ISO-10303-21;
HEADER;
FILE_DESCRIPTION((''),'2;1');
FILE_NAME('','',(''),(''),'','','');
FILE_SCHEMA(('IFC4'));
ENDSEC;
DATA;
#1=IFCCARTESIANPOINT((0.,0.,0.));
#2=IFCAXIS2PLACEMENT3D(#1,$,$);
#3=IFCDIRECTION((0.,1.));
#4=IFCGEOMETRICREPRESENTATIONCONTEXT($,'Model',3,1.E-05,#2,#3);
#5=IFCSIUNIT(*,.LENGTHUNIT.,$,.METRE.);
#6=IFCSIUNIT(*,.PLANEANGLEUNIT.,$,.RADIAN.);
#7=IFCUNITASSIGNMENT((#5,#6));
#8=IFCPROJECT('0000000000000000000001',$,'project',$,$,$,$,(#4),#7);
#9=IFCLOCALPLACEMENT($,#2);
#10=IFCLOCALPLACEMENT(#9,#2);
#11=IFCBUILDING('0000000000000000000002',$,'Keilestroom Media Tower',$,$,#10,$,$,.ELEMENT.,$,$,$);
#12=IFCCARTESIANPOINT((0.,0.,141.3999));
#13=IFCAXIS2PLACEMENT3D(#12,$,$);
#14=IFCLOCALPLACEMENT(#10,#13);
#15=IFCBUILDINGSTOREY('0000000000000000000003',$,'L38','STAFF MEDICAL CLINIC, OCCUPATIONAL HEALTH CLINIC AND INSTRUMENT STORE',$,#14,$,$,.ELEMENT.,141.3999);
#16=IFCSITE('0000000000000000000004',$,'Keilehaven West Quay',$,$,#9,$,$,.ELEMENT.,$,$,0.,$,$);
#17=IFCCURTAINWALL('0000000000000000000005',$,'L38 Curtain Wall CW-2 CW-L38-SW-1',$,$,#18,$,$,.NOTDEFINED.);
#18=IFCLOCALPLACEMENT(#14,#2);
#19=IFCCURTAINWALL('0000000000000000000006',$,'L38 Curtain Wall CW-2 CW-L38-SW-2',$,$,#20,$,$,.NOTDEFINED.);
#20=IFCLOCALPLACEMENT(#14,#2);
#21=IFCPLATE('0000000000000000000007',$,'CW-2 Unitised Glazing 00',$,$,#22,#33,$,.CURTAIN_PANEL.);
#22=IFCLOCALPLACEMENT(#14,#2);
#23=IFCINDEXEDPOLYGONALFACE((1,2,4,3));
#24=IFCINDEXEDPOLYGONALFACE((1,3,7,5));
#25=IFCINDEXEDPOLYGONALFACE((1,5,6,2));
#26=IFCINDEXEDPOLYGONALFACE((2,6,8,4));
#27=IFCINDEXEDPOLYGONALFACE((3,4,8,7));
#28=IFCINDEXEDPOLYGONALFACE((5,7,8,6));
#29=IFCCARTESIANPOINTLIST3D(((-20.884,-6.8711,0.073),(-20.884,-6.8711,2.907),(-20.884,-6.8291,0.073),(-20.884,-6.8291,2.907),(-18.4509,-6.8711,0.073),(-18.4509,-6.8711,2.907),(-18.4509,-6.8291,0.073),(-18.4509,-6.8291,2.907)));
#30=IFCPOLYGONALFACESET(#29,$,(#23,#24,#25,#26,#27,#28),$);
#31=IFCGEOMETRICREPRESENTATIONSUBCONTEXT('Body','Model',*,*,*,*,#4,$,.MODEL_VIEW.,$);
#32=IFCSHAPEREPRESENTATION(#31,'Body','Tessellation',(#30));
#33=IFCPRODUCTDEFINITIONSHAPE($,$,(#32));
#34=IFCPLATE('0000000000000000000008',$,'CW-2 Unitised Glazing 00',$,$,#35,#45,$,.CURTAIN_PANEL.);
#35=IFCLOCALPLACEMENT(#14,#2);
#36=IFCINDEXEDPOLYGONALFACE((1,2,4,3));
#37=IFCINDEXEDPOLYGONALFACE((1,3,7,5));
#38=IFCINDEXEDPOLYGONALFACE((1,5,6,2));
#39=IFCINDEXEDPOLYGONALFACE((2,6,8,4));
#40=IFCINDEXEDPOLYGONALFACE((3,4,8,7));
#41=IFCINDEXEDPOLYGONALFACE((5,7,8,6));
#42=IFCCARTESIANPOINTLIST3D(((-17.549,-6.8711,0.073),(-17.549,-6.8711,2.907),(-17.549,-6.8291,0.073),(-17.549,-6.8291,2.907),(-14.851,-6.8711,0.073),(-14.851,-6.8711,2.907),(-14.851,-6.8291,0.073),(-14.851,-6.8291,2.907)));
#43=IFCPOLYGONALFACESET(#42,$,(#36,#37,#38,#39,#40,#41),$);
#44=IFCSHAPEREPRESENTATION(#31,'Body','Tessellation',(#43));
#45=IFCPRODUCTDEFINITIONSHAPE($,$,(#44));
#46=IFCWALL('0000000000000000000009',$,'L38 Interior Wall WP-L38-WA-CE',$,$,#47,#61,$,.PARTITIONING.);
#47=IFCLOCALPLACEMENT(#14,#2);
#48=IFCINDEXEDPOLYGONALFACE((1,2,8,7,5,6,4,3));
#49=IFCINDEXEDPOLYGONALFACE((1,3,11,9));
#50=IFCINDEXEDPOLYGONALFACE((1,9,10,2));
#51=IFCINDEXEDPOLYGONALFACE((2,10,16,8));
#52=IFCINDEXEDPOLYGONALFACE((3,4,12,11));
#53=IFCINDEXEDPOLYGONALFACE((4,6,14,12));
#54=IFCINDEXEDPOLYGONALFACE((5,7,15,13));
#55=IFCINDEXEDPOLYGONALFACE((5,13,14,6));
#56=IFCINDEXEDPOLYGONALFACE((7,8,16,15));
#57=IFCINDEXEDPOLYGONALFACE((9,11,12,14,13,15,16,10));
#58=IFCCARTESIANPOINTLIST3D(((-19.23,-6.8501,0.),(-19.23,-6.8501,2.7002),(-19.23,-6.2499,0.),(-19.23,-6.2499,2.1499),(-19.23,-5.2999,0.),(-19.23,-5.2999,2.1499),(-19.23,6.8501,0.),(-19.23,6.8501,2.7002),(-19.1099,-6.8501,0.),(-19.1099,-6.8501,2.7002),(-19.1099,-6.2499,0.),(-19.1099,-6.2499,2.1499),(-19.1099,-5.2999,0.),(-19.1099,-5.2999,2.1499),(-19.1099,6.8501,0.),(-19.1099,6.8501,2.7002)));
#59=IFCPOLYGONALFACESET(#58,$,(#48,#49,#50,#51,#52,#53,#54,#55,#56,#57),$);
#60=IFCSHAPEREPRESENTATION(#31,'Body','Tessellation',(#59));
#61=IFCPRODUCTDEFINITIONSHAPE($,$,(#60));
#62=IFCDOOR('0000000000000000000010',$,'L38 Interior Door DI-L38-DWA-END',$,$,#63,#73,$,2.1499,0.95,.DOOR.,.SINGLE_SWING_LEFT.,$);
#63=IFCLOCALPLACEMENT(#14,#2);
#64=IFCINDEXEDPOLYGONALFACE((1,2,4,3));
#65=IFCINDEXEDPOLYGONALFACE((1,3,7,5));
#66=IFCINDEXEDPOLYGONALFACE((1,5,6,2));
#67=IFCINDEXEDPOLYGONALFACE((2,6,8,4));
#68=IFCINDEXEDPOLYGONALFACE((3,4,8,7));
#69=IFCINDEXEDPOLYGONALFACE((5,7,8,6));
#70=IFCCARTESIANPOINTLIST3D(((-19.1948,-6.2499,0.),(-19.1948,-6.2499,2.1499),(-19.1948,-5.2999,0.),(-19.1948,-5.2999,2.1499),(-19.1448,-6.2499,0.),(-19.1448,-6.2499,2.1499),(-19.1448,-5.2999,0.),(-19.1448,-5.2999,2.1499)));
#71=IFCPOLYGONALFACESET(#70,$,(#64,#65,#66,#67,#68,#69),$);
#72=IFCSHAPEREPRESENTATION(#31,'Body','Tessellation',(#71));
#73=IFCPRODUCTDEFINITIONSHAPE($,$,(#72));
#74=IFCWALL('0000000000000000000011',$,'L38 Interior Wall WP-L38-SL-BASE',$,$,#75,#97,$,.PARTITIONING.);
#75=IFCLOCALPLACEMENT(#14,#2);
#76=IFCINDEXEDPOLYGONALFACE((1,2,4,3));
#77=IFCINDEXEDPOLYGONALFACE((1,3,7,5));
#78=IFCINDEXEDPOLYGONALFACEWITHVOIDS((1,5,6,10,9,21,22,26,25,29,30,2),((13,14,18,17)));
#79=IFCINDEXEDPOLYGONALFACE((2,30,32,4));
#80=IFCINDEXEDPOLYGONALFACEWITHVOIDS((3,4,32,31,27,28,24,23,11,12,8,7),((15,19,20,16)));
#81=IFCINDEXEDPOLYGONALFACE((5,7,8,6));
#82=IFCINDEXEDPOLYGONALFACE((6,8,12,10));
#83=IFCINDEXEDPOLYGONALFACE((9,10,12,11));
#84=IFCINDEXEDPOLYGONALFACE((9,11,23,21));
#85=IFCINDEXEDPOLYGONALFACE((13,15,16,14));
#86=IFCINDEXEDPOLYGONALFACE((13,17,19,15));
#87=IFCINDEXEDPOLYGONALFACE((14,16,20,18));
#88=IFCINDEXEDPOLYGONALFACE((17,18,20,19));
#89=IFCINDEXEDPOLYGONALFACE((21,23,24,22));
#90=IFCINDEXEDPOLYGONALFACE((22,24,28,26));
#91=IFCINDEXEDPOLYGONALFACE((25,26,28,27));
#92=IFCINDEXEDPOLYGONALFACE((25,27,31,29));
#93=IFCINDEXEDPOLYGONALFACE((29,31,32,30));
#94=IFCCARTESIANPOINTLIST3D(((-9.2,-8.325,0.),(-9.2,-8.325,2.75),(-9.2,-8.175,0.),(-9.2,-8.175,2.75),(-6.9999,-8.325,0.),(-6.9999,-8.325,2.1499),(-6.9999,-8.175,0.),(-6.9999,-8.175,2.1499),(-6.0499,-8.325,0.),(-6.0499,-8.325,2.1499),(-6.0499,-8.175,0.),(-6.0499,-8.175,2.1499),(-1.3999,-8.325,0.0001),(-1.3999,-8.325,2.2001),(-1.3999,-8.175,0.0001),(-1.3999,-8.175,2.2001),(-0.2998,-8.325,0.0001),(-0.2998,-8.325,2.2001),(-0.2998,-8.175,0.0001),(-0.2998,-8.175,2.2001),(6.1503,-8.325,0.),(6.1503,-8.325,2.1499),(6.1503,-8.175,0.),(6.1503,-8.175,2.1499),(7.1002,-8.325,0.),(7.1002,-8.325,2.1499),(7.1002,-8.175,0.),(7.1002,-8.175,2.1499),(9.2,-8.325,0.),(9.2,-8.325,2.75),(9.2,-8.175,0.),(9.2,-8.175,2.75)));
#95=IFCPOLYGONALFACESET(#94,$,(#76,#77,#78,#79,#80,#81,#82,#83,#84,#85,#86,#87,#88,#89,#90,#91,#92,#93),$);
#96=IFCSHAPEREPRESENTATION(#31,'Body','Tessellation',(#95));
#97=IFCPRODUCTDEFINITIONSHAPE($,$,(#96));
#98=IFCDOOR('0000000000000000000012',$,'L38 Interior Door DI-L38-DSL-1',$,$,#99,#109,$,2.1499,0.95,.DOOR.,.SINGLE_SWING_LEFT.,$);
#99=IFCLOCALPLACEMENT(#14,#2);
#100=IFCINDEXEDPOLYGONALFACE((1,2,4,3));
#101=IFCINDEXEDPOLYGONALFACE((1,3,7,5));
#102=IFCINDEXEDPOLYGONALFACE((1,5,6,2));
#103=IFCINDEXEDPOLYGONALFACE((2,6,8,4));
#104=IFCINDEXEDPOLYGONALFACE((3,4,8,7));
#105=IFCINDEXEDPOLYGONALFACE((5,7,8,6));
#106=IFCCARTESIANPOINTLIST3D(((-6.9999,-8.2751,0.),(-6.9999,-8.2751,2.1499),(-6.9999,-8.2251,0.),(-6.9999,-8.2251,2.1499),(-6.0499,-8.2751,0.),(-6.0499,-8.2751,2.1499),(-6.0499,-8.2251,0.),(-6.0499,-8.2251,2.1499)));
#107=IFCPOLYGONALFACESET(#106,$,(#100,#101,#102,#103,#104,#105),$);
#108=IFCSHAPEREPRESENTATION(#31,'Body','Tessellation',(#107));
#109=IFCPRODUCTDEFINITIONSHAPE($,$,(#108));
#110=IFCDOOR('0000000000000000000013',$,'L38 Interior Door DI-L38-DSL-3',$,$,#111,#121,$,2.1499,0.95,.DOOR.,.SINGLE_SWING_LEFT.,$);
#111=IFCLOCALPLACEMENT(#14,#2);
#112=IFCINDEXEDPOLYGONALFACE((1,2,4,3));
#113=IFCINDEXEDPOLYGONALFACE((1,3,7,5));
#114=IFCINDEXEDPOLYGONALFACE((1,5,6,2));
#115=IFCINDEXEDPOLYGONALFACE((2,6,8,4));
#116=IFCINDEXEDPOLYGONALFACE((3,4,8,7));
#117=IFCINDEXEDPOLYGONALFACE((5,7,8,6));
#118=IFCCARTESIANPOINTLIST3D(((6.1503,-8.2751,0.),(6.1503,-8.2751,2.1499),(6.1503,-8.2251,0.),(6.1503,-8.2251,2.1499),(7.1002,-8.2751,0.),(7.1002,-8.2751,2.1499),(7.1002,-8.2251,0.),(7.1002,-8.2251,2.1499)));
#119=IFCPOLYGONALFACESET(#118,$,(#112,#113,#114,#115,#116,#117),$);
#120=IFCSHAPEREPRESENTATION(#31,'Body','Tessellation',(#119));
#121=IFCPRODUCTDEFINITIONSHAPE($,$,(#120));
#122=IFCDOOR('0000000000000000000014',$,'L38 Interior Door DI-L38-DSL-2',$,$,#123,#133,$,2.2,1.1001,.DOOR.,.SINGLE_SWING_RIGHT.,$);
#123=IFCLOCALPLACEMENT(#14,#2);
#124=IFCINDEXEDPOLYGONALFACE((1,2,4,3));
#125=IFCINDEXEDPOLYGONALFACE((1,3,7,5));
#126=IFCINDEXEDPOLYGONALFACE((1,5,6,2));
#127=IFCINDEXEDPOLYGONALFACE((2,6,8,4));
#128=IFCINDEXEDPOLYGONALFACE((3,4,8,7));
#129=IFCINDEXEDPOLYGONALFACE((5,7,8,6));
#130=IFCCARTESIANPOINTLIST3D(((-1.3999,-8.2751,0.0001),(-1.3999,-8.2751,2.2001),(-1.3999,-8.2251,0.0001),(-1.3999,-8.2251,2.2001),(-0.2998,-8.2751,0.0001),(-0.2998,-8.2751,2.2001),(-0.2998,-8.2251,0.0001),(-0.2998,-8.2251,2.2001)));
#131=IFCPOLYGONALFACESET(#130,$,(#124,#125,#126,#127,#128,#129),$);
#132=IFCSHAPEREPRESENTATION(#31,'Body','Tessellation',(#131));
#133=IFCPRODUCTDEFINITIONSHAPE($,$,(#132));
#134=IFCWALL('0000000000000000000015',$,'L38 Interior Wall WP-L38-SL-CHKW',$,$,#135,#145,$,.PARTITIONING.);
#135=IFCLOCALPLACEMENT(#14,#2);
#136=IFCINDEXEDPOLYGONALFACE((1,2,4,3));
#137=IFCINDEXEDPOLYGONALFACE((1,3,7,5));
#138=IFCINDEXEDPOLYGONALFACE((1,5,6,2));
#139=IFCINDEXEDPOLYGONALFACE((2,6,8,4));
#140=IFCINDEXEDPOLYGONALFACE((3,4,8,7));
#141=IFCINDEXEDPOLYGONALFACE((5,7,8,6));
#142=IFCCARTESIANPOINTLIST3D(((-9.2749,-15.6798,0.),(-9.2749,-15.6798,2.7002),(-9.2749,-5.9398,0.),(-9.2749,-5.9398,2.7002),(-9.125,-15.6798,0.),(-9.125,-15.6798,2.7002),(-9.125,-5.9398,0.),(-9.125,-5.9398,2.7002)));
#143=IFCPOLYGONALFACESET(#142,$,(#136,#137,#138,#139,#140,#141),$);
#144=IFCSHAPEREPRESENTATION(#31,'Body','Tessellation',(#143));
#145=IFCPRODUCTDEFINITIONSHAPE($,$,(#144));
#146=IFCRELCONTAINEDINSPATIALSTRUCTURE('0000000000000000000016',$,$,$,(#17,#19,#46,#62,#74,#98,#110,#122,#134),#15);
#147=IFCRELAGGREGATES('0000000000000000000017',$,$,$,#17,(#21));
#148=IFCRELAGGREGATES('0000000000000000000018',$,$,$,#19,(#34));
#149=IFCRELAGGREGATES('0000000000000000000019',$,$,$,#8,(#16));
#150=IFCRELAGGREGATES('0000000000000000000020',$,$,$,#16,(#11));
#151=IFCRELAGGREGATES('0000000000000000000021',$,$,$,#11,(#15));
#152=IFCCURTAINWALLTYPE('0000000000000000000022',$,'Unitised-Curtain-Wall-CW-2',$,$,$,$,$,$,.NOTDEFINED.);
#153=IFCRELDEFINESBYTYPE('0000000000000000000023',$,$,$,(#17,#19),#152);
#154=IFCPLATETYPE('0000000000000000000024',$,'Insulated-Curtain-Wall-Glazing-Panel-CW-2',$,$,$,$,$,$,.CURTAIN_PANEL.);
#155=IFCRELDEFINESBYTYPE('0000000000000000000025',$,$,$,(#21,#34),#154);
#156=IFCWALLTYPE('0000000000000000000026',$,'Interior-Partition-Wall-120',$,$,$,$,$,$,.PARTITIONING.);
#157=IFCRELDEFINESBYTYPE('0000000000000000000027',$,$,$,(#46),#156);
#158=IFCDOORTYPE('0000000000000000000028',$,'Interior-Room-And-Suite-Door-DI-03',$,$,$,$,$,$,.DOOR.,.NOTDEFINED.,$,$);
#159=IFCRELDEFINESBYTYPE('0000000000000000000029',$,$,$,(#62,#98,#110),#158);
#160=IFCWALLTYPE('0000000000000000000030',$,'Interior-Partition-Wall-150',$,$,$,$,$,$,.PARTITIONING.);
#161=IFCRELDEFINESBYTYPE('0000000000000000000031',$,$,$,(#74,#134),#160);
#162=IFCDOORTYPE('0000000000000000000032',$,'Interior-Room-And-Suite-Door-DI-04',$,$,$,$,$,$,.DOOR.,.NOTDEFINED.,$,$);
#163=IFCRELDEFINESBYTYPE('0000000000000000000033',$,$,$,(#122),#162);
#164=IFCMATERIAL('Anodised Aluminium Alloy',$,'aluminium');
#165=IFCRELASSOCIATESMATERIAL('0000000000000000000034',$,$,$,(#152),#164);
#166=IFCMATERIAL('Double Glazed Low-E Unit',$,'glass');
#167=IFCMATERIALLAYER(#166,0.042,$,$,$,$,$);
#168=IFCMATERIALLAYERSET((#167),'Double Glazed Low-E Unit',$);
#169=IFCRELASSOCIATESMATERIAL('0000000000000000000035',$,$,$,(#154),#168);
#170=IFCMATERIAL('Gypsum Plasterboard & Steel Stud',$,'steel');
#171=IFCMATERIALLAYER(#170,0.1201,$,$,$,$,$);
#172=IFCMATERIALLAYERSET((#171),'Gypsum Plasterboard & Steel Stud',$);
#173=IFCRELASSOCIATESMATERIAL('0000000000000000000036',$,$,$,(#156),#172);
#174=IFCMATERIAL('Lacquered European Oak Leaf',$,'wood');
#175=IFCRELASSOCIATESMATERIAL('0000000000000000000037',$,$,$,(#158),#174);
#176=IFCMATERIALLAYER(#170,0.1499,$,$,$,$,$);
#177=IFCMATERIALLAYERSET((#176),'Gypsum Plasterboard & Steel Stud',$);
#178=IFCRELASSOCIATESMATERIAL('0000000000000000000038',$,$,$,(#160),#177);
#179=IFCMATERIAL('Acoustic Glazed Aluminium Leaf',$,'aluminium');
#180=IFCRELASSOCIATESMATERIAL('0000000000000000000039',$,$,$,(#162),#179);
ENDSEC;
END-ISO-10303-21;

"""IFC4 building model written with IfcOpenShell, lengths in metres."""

from ifc_helpers import new_model, si_unit, direction, frame, frame_2d, origin, origin_2d, place, context, subcontext, project, spatial, rectangle, extrude, source, transform, mapped, material, layer, layer_set, type_object, element, fill, aggregate, save


model = new_model("IFC4")

# Units and contexts
model_context = context("Model", 3, precision=1e-05, world=origin(), true_north=direction((0.0, 1.0)))
body_context = subcontext(model_context, "Body", "Model", "MODEL_VIEW")
ifc_project = project(units=[si_unit("LENGTHUNIT", "METRE"), si_unit("PLANEANGLEUNIT", "RADIAN")], contexts=[model_context])

# Site, building, storey
site_placement = place(None, origin())
site = spatial("IfcSite", under=ifc_project, at=site_placement, Name="Keilehaven West Quay", CompositionType="ELEMENT", RefElevation=0.0)
building_placement = place(site_placement, origin())
building = spatial("IfcBuilding", under=site, at=building_placement, Name="Keilestroom Media Tower", CompositionType="ELEMENT")
storey_placement = place(building_placement, frame((0.0, 0.0, 141.3999)))
storey = spatial("IfcBuildingStorey", under=building, at=storey_placement, Name="L38", Description="STAFF MEDICAL CLINIC, OCCUPATIONAL HEALTH CLINIC AND INSTRUMENT STORE", CompositionType="ELEMENT", Elevation=141.3999)

# Curtain walls
ifc_material_1 = material(Name="Anodised Aluminium Alloy", Category="aluminium")
curtain_wall_type = type_object("IfcCurtainWallType", Name="Unitised-Curtain-Wall-CW-2", PredefinedType="NOTDEFINED", material=ifc_material_1)
curtain_wall_1_placement = place(storey_placement, origin())
curtain_wall_1 = element("IfcCurtainWall", 1, at=curtain_wall_1_placement, inside=storey, type_object=curtain_wall_type, Name="L38 Curtain Wall CW-2 CW-L38-SW-1", PredefinedType="NOTDEFINED")
curtain_wall_2_placement = place(storey_placement, origin())
curtain_wall_2 = element("IfcCurtainWall", 2, at=curtain_wall_2_placement, inside=storey, type_object=curtain_wall_type, Name="L38 Curtain Wall CW-2 CW-L38-SW-2", PredefinedType="NOTDEFINED")

# Plates
ifc_material_2 = material(Name="Double Glazed Low-E Unit", Category="glass")
ifc_layer_1 = layer(ifc_material_2, 0.042)
ifc_layer_set_1 = layer_set([ifc_layer_1], Name="Double Glazed Low-E Unit")
plate_type = type_object("IfcPlateType", Name="Insulated-Curtain-Wall-Glazing-Panel-CW-2", PredefinedType="CURTAIN_PANEL", material=ifc_layer_set_1)
shared_shape_1 = source(origin(), body_context, "Body", "SweptSolid", [
    extrude(rectangle(XDim=2.4331, YDim=0.042, at=origin_2d()), origin(), (0.0, 0.0, 1.0), 2.834),
])
plate_1_placement = place(storey_placement, frame((-19.6675, -6.8501, 0.073), z_axis=(0.0, 0.0, 1.0), x_axis=(1.0, 0.0, 0.0)))
plate_1 = element("IfcPlate", 3, at=plate_1_placement, type_object=plate_type, Name="CW-2 Unitised Glazing 00", PredefinedType="CURTAIN_PANEL", context=body_context, shape_type="MappedRepresentation", body=[
    mapped(shared_shape_1, transform((0.0, 0.0, 0.0), x_axis=(1.0, 0.0, 0.0), y_axis=(0.0, 1.0, 0.0), z_axis=(0.0, 0.0, 1.0), scale=1.0)),
])
aggregate(curtain_wall_1, [plate_1])
shared_shape_2 = source(origin(), body_context, "Body", "SweptSolid", [
    extrude(rectangle(XDim=2.698, YDim=0.042, at=origin_2d()), origin(), (0.0, 0.0, 1.0), 2.834),
])
plate_2_placement = place(storey_placement, frame((-16.2, -6.8501, 0.073), z_axis=(0.0, 0.0, 1.0), x_axis=(1.0, 0.0, 0.0)))
plate_2 = element("IfcPlate", 4, at=plate_2_placement, type_object=plate_type, Name="CW-2 Unitised Glazing 00", PredefinedType="CURTAIN_PANEL", context=body_context, shape_type="MappedRepresentation", body=[
    mapped(shared_shape_2, transform((0.0, 0.0, 0.0), x_axis=(1.0, 0.0, 0.0), y_axis=(0.0, 1.0, 0.0), z_axis=(0.0, 0.0, 1.0), scale=1.0)),
])
aggregate(curtain_wall_2, [plate_2])

# Wall, opening, door
ifc_material_3 = material(Name="Gypsum Plasterboard & Steel Stud", Category="steel")
ifc_layer_2 = layer(ifc_material_3, 0.1201)
ifc_layer_set_2 = layer_set([ifc_layer_2], Name="Gypsum Plasterboard & Steel Stud")
wall_type_1 = type_object("IfcWallType", Name="Interior-Partition-Wall-120", PredefinedType="PARTITIONING", material=ifc_layer_set_2)
wall_1_placement = place(storey_placement, frame((-19.1699, -6.8501, 0.0), z_axis=(0.0, 0.0, 1.0), x_axis=(0.0, 1.0, 0.0)))
wall_1 = element("IfcWall", 5, at=wall_1_placement, inside=storey, type_object=wall_type_1, Name="L38 Interior Wall WP-L38-WA-CE", PredefinedType="PARTITIONING", context=body_context, shape_type="SweptSolid", body=[
    extrude(rectangle(XDim=13.7002, YDim=0.1201, at=frame_2d((6.8501, 0.0))), origin(), (0.0, 0.0, 1.0), 2.7002),
])
opening_1_placement = place(wall_1_placement, frame((0.6001, 0.0, 0.0)))
opening_1 = element("IfcOpeningElement", 6, at=opening_1_placement, cuts=wall_1, PredefinedType="OPENING", context=body_context, shape_type="SweptSolid", body=[
    extrude(rectangle(XDim=0.95, YDim=2.1499, at=frame_2d((0.4751, 1.075))), frame((0.0, 0.0701, 0.0), z_axis=(0.0, -1.0, 0.0), x_axis=(1.0, 0.0, 0.0)), (0.0, 0.0, 1.0), 0.1401),
])
ifc_material_4 = material(Name="Lacquered European Oak Leaf", Category="wood")
door_type_1 = type_object("IfcDoorType", Name="Interior-Room-And-Suite-Door-DI-03", OperationType="NOTDEFINED", PredefinedType="DOOR", material=ifc_material_4)
shared_shape_3 = source(origin(), body_context, "Body", "SweptSolid", [
    extrude(rectangle(XDim=0.95, YDim=2.1499, at=frame_2d((0.4751, 1.075))), frame((0.0, 0.0249, 0.0), z_axis=(0.0, -1.0, 0.0), x_axis=(1.0, 0.0, 0.0)), (0.0, 0.0, 1.0), 0.05),
])
door_1_placement = place(opening_1_placement, origin())
door_1 = element("IfcDoor", 7, at=door_1_placement, inside=storey, type_object=door_type_1, Name="L38 Interior Door DI-L38-DWA-END", OperationType="SINGLE_SWING_LEFT", OverallHeight=2.1499, OverallWidth=0.95, PredefinedType="DOOR", context=body_context, shape_type="MappedRepresentation", body=[
    mapped(shared_shape_3, transform((0.0, 0.0, 0.0), x_axis=(1.0, 0.0, 0.0), y_axis=(0.0, 1.0, 0.0), z_axis=(0.0, 0.0, 1.0), scale=1.0)),
])
fill(opening_1, door_1)

# Wall, openings, doors
ifc_layer_3 = layer(ifc_material_3, 0.1499)
ifc_layer_set_3 = layer_set([ifc_layer_3], Name="Gypsum Plasterboard & Steel Stud")
wall_type_2 = type_object("IfcWallType", Name="Interior-Partition-Wall-150", PredefinedType="PARTITIONING", material=ifc_layer_set_3)
wall_2_placement = place(storey_placement, frame((-9.2, -8.25, 0.0), z_axis=(0.0, 0.0, 1.0), x_axis=(1.0, 0.0, 0.0)))
wall_2 = element("IfcWall", 8, at=wall_2_placement, inside=storey, type_object=wall_type_2, Name="L38 Interior Wall WP-L38-SL-BASE", PredefinedType="PARTITIONING", context=body_context, shape_type="SweptSolid", body=[
    extrude(rectangle(XDim=18.3999, YDim=0.1499, at=frame_2d((9.2, 0.0))), origin(), (0.0, 0.0, 1.0), 2.75),
])
opening_2_placement = place(wall_2_placement, frame((2.2, 0.0, 0.0)))
opening_2 = element("IfcOpeningElement", 9, at=opening_2_placement, cuts=wall_2, PredefinedType="OPENING", context=body_context, shape_type="SweptSolid", body=[
    extrude(rectangle(XDim=0.95, YDim=2.1499, at=frame_2d((0.4751, 1.075))), frame((0.0, 0.085, 0.0), z_axis=(0.0, -1.0, 0.0), x_axis=(1.0, 0.0, 0.0)), (0.0, 0.0, 1.0), 0.1699),
])
opening_3_placement = place(wall_2_placement, frame((7.8, 0.0, 0.0)))
opening_3 = element("IfcOpeningElement", 10, at=opening_3_placement, cuts=wall_2, PredefinedType="OPENING", context=body_context, shape_type="SweptSolid", body=[
    extrude(rectangle(XDim=1.1001, YDim=2.2, at=frame_2d((0.55, 1.1001))), frame((0.0, 0.085, 0.0), z_axis=(0.0, -1.0, 0.0), x_axis=(1.0, 0.0, 0.0)), (0.0, 0.0, 1.0), 0.1699),
])
opening_4_placement = place(wall_2_placement, frame((15.3501, 0.0, 0.0)))
opening_4 = element("IfcOpeningElement", 11, at=opening_4_placement, cuts=wall_2, PredefinedType="OPENING", context=body_context, shape_type="SweptSolid", body=[
    extrude(rectangle(XDim=0.95, YDim=2.1499, at=frame_2d((0.4751, 1.075))), frame((0.0, 0.085, 0.0), z_axis=(0.0, -1.0, 0.0), x_axis=(1.0, 0.0, 0.0)), (0.0, 0.0, 1.0), 0.1699),
])
door_2_placement = place(opening_2_placement, origin())
door_2 = element("IfcDoor", 12, at=door_2_placement, inside=storey, type_object=door_type_1, Name="L38 Interior Door DI-L38-DSL-1", OperationType="SINGLE_SWING_LEFT", OverallHeight=2.1499, OverallWidth=0.95, PredefinedType="DOOR", context=body_context, shape_type="MappedRepresentation", body=[
    mapped(shared_shape_3, transform((0.0, 0.0, 0.0), x_axis=(1.0, 0.0, 0.0), y_axis=(0.0, 1.0, 0.0), z_axis=(0.0, 0.0, 1.0), scale=1.0)),
])
fill(opening_2, door_2)
door_3_placement = place(opening_4_placement, origin())
door_3 = element("IfcDoor", 13, at=door_3_placement, inside=storey, type_object=door_type_1, Name="L38 Interior Door DI-L38-DSL-3", OperationType="SINGLE_SWING_LEFT", OverallHeight=2.1499, OverallWidth=0.95, PredefinedType="DOOR", context=body_context, shape_type="MappedRepresentation", body=[
    mapped(shared_shape_3, transform((0.0, 0.0, 0.0), x_axis=(1.0, 0.0, 0.0), y_axis=(0.0, 1.0, 0.0), z_axis=(0.0, 0.0, 1.0), scale=1.0)),
])
fill(opening_4, door_3)
ifc_material_5 = material(Name="Acoustic Glazed Aluminium Leaf", Category="aluminium")
door_type_2 = type_object("IfcDoorType", Name="Interior-Room-And-Suite-Door-DI-04", OperationType="NOTDEFINED", PredefinedType="DOOR", material=ifc_material_5)
shared_shape_4 = source(origin(), body_context, "Body", "SweptSolid", [
    extrude(rectangle(XDim=1.1001, YDim=2.2, at=frame_2d((0.55, 1.1001))), frame((0.0, 0.0249, 0.0), z_axis=(0.0, -1.0, 0.0), x_axis=(1.0, 0.0, 0.0)), (0.0, 0.0, 1.0), 0.05),
])
door_4_placement = place(opening_3_placement, origin())
door_4 = element("IfcDoor", 14, at=door_4_placement, inside=storey, type_object=door_type_2, Name="L38 Interior Door DI-L38-DSL-2", OperationType="SINGLE_SWING_RIGHT", OverallHeight=2.2, OverallWidth=1.1001, PredefinedType="DOOR", context=body_context, shape_type="MappedRepresentation", body=[
    mapped(shared_shape_4, transform((0.0, 0.0, 0.0), x_axis=(1.0, 0.0, 0.0), y_axis=(0.0, 1.0, 0.0), z_axis=(0.0, 0.0, 1.0), scale=1.0)),
])
fill(opening_3, door_4)

# Wall
wall_3_placement = place(storey_placement, frame((-9.2, -15.6799, 0.0), z_axis=(0.0, 0.0, 1.0), x_axis=(0.0, 1.0, 0.0)))
element("IfcWall", 15, at=wall_3_placement, inside=storey, type_object=wall_type_2, Name="L38 Interior Wall WP-L38-SL-CHKW", PredefinedType="PARTITIONING", context=body_context, shape_type="SweptSolid", body=[
    extrude(rectangle(XDim=9.74, YDim=0.1499, at=frame_2d((4.8701, 0.0))), origin(), (0.0, 0.0, 1.0), 2.7002),
])

save(model, "model.ifc")
